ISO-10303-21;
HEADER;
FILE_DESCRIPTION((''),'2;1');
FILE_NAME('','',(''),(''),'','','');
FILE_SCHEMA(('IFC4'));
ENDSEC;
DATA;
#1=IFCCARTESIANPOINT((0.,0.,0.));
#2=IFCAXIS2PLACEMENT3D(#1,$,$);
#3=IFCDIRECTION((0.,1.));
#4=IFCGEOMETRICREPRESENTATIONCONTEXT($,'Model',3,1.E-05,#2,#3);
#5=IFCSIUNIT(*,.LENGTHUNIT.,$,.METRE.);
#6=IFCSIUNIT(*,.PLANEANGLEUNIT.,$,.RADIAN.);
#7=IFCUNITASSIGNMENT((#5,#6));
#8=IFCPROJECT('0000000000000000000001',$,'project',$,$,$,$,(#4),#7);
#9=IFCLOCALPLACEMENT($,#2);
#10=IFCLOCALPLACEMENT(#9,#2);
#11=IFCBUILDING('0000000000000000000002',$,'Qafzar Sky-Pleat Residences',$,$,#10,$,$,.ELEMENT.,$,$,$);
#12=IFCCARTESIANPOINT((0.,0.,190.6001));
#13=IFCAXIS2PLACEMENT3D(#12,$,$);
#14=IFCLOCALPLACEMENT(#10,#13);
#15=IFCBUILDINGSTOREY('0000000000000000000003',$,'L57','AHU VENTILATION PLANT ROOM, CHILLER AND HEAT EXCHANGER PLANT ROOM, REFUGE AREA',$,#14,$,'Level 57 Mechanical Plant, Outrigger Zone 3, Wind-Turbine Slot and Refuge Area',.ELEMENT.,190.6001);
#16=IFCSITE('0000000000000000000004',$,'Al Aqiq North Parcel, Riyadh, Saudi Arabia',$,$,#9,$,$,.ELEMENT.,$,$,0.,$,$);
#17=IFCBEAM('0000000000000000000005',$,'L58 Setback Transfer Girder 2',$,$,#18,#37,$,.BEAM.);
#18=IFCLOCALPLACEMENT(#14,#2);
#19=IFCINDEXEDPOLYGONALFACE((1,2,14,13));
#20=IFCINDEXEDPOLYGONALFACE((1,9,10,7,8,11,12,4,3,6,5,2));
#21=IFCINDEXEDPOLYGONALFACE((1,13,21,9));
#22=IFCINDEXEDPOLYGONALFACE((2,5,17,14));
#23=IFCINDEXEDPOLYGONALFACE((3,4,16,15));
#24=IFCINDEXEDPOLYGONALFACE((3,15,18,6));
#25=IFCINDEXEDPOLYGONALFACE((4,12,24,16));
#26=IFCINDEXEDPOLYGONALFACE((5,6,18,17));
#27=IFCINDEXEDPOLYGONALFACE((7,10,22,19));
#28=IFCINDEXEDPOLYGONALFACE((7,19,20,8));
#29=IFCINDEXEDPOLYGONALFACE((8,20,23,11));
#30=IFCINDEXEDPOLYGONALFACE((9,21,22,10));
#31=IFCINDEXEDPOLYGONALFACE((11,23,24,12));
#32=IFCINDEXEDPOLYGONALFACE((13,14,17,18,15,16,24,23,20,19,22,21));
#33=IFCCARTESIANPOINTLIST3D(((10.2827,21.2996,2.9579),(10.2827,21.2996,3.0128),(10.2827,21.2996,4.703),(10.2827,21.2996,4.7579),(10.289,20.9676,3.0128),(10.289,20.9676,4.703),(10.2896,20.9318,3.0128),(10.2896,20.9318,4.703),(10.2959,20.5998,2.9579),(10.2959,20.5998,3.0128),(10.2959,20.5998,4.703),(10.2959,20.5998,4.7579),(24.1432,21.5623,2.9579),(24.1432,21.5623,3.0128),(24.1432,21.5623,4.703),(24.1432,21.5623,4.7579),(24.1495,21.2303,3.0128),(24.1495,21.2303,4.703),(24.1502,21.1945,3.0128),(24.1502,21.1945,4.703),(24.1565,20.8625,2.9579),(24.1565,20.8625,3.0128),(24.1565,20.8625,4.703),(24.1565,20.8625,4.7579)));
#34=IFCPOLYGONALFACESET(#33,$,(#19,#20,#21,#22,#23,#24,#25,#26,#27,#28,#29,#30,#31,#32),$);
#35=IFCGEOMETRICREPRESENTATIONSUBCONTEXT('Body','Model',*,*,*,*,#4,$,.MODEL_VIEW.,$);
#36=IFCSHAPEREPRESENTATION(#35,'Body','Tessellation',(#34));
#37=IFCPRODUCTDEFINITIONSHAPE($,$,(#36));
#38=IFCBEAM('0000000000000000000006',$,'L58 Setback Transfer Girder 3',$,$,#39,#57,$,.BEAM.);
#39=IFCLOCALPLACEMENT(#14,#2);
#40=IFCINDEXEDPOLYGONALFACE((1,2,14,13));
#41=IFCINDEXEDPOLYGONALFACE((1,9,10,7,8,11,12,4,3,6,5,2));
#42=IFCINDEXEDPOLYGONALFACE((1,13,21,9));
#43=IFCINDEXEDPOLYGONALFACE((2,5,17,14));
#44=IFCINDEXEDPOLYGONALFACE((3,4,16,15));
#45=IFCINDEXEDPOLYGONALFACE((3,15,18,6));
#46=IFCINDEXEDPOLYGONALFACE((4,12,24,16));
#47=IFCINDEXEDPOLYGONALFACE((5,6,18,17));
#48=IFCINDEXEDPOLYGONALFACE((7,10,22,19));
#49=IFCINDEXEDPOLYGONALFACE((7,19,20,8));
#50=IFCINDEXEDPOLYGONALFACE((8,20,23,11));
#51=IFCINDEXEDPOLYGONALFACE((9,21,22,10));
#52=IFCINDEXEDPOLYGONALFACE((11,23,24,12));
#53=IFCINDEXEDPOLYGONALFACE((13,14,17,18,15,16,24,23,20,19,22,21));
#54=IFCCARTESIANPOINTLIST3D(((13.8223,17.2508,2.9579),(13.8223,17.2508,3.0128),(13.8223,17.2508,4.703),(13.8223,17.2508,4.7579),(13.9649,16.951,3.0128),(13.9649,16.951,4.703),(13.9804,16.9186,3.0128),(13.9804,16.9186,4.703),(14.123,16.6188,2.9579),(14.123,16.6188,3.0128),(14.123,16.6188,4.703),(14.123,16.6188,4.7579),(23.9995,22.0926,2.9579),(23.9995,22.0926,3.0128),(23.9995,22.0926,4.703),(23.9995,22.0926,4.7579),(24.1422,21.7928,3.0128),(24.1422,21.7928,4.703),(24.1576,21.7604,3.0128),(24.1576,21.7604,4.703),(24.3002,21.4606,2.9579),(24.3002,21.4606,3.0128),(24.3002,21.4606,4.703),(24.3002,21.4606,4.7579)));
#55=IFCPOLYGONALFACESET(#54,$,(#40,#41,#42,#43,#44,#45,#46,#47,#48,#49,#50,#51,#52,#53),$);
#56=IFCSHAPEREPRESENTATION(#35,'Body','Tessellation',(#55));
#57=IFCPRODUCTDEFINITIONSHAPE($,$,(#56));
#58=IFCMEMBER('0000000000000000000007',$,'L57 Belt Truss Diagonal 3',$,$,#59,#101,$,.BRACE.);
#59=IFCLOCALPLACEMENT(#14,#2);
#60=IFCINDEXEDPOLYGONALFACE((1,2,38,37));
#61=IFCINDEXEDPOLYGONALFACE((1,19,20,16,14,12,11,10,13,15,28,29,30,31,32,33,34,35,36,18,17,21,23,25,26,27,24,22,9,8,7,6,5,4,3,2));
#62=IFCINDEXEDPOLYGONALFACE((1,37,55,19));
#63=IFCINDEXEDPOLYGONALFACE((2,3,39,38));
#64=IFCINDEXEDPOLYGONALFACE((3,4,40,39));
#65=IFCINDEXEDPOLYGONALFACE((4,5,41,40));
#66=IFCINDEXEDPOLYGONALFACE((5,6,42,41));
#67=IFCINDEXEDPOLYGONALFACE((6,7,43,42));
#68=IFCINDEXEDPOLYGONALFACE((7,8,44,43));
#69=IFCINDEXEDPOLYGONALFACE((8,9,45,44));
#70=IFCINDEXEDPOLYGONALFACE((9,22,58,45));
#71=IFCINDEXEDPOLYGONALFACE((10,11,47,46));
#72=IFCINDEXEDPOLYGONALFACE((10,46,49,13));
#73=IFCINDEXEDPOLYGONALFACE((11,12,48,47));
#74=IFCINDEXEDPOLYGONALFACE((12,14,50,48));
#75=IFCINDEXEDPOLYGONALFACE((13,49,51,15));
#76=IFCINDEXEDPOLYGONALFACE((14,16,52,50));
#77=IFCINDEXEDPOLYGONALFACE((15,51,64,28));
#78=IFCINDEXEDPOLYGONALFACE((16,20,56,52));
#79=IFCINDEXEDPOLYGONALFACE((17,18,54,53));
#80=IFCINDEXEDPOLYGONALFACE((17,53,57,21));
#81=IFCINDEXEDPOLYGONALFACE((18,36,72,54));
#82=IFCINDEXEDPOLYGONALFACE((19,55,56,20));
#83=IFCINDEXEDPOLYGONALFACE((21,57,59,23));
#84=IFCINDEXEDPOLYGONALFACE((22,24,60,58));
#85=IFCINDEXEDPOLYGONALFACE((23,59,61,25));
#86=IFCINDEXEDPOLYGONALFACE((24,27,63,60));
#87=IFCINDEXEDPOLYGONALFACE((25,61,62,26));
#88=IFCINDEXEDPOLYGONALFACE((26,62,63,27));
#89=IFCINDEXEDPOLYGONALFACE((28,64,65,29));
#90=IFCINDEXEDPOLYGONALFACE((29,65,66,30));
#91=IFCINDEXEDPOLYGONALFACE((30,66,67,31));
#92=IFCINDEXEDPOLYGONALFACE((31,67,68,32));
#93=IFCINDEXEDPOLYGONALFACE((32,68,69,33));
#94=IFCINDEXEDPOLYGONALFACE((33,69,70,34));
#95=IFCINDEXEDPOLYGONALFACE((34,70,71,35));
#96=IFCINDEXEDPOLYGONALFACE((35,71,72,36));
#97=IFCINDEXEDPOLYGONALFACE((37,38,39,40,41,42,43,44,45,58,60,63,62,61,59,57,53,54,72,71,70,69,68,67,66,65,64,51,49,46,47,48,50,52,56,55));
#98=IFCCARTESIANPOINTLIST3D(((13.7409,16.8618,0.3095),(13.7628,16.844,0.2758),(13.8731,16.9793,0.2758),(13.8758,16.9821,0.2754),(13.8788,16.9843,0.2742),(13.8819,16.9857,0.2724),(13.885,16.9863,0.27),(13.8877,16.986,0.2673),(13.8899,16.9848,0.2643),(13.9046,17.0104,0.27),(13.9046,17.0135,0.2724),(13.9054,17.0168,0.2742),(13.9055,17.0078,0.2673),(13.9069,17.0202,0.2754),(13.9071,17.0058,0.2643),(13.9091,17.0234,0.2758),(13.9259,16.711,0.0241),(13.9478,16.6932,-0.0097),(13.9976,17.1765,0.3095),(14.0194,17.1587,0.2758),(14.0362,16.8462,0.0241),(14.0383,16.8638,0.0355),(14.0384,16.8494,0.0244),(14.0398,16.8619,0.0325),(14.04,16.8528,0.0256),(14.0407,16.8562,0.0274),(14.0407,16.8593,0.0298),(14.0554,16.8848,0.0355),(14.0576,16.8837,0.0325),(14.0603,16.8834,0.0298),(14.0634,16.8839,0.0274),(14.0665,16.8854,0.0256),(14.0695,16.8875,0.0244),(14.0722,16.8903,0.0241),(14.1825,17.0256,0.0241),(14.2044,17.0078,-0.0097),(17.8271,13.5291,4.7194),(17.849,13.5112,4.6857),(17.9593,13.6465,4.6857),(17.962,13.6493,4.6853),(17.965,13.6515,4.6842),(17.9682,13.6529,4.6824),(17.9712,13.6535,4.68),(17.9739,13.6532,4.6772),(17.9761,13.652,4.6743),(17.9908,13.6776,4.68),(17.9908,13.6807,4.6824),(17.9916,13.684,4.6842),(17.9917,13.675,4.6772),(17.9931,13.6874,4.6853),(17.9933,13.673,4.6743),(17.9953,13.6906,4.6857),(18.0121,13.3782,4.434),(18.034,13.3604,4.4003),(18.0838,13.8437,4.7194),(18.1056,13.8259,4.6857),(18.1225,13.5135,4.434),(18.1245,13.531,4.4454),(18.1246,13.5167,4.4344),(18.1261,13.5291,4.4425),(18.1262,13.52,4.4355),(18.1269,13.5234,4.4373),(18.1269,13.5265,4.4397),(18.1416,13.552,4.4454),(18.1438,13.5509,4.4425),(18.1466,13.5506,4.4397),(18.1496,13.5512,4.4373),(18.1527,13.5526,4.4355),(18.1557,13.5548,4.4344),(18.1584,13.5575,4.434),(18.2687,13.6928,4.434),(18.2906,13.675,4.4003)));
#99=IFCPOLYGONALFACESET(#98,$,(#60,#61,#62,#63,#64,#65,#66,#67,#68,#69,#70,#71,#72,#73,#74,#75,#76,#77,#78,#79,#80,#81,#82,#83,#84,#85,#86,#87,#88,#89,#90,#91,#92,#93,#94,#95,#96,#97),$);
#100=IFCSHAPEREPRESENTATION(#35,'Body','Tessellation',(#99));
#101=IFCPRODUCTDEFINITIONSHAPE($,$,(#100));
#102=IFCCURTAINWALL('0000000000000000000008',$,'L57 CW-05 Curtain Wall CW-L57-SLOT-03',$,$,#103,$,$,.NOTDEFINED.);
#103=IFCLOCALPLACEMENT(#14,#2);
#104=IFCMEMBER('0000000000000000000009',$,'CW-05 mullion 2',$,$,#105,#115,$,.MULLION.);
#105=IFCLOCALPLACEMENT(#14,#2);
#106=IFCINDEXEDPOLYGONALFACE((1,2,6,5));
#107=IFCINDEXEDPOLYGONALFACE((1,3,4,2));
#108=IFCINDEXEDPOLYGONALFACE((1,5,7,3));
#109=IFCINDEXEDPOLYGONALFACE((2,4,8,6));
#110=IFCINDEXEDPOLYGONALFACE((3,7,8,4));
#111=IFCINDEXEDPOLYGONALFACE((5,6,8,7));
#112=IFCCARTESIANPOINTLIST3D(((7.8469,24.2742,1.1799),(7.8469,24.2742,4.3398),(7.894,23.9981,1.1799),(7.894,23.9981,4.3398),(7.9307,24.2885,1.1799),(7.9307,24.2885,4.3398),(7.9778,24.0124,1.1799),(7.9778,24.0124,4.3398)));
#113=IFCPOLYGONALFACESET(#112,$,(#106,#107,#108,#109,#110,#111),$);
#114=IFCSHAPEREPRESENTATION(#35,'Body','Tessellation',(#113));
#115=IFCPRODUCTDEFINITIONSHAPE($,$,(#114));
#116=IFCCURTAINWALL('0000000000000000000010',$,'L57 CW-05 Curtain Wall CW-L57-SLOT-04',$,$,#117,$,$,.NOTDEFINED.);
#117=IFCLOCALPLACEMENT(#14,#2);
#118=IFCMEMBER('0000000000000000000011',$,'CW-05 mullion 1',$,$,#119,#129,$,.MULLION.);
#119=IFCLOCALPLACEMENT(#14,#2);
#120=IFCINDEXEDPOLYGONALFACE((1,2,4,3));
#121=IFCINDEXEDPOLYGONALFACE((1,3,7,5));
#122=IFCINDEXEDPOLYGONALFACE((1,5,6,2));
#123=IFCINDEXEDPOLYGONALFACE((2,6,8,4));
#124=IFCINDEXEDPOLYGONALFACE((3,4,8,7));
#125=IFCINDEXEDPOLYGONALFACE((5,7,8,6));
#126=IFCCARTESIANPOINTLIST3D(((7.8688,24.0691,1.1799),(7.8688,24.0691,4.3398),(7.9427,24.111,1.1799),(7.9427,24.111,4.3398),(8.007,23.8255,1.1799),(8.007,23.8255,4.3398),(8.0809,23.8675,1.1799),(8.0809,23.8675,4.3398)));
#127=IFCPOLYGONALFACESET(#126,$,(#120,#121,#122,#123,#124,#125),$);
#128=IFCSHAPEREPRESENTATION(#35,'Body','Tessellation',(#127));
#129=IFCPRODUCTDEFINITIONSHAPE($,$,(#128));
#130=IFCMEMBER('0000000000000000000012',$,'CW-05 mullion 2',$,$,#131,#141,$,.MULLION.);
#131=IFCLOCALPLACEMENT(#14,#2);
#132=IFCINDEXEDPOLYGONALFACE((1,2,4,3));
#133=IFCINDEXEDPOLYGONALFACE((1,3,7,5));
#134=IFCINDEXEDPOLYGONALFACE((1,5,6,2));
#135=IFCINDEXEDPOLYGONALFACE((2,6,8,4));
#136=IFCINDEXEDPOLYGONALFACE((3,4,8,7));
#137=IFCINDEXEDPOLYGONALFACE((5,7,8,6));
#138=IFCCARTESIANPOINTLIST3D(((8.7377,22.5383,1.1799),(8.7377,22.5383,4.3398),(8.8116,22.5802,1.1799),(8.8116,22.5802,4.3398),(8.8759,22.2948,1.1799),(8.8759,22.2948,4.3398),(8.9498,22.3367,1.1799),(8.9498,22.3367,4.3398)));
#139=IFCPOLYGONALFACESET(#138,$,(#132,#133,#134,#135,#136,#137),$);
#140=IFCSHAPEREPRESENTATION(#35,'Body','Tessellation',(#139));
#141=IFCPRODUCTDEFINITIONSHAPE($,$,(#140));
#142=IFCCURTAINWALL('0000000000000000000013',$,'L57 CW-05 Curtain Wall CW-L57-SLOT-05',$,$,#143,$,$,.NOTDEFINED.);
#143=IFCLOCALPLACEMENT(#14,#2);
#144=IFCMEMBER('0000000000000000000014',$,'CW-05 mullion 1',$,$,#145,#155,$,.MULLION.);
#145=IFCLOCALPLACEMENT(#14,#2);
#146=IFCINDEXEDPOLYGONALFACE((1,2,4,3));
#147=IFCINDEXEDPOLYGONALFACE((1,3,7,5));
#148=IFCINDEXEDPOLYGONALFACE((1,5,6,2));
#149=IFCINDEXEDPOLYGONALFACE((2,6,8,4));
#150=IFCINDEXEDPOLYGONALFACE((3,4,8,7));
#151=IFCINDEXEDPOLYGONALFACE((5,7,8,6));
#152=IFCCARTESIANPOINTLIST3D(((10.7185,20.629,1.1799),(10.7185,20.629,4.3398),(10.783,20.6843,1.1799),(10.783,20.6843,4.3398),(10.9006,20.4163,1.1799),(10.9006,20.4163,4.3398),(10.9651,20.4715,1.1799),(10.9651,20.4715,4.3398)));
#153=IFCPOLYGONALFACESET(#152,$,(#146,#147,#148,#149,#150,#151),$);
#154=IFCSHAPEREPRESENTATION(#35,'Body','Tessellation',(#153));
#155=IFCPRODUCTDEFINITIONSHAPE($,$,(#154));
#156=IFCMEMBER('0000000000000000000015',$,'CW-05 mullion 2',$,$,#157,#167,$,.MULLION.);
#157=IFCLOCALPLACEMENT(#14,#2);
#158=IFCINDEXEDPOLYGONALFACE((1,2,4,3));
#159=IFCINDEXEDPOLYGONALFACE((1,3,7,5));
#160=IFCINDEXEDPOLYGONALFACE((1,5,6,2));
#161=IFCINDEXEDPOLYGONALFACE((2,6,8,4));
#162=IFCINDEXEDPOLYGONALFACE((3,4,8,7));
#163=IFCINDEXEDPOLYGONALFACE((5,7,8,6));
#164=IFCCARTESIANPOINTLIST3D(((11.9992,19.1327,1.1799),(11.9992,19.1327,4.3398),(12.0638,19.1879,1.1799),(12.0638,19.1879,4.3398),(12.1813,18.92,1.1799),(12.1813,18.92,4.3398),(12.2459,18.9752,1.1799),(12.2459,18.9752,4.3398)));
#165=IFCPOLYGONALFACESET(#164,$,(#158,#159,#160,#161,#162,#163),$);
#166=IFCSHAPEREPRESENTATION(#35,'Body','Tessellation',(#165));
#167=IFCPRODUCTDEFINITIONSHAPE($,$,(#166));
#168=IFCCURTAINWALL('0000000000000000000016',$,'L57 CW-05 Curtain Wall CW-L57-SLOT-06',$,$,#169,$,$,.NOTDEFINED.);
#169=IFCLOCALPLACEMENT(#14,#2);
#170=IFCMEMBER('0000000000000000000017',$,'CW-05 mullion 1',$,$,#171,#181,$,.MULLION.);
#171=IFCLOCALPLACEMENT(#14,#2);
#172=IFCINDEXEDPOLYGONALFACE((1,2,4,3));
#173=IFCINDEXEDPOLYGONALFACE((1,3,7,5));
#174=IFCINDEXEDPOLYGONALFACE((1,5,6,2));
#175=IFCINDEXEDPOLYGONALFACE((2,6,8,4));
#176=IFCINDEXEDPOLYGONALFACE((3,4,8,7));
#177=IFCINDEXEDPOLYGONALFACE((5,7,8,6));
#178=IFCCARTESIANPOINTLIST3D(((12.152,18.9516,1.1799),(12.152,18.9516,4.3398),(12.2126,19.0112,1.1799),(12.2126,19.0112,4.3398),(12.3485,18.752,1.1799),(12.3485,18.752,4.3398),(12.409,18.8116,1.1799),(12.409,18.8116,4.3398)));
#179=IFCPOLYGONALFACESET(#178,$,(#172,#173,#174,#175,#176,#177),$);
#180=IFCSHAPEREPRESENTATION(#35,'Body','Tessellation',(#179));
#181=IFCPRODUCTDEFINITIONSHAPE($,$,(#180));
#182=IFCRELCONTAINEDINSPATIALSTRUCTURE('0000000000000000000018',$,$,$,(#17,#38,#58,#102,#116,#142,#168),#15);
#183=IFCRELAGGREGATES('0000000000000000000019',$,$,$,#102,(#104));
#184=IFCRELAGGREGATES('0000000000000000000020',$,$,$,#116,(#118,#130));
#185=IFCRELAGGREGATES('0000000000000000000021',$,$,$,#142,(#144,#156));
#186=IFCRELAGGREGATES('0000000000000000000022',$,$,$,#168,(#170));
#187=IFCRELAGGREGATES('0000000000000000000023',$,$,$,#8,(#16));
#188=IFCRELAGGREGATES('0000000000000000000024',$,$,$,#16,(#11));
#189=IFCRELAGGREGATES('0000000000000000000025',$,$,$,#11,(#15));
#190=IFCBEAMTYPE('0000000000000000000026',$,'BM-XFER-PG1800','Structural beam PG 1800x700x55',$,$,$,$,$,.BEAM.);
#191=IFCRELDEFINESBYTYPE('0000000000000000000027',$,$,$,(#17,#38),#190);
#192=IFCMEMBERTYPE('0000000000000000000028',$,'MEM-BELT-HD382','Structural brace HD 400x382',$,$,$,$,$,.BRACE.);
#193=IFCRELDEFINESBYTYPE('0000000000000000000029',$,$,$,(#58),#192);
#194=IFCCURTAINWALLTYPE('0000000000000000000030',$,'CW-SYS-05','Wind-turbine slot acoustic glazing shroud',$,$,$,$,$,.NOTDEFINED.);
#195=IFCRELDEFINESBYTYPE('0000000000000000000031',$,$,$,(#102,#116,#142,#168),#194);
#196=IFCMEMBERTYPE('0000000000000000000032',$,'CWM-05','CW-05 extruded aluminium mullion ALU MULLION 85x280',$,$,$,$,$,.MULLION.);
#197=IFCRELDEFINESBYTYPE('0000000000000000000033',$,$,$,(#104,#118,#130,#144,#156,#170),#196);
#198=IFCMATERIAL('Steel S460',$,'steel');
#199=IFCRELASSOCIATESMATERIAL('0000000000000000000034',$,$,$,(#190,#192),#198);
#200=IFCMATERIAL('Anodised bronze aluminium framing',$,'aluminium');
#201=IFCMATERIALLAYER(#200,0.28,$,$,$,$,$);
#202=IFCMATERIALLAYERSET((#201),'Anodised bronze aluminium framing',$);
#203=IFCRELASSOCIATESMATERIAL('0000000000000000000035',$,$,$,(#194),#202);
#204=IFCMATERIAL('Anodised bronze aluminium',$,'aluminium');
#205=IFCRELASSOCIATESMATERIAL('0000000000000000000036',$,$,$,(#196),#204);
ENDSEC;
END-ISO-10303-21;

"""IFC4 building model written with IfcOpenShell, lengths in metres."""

from ifc_helpers import new_model, si_unit, direction, frame, origin, origin_2d, place, context, subcontext, project, spatial, rectangle, i_section, extrude, source, transform, mapped, material, layer, layer_set, material_profile, profile_set, type_object, element, aggregate, save


model = new_model("IFC4")

# Units and contexts
model_context = context("Model", 3, precision=1e-05, world=origin(), true_north=direction((0.0, 1.0)))
body_context = subcontext(model_context, "Body", "Model", "MODEL_VIEW")
ifc_project = project(units=[si_unit("LENGTHUNIT", "METRE"), si_unit("PLANEANGLEUNIT", "RADIAN")], contexts=[model_context])

# Site, building, storey
site_placement = place(None, origin())
site = spatial("IfcSite", under=ifc_project, at=site_placement, Name="Al Aqiq North Parcel, Riyadh, Saudi Arabia", CompositionType="ELEMENT", RefElevation=0.0)
building_placement = place(site_placement, origin())
building = spatial("IfcBuilding", under=site, at=building_placement, Name="Qafzar Sky-Pleat Residences", CompositionType="ELEMENT")
storey_placement = place(building_placement, frame((0.0, 0.0, 190.6001)))
storey = spatial("IfcBuildingStorey", under=building, at=storey_placement, Name="L57", Description="AHU VENTILATION PLANT ROOM, CHILLER AND HEAT EXCHANGER PLANT ROOM, REFUGE AREA", LongName="Level 57 Mechanical Plant, Outrigger Zone 3, Wind-Turbine Slot and Refuge Area", CompositionType="ELEMENT", Elevation=190.6001)

# Beams
ifc_material_1 = material(Name="Steel S460", Category="steel")
ifc_material_profile_1 = material_profile(ifc_material_1, i_section(OverallWidth=0.7, OverallDepth=1.8, WebThickness=0.0359, FlangeThickness=0.0549, at=origin_2d()), Name="PG 1800x700x55")
ifc_profile_set_1 = profile_set([ifc_material_profile_1], Name="Steel S460")
beam_type_1 = type_object("IfcBeamType", Name="BM-XFER-PG1800", Description="Structural beam PG 1800x700x55", PredefinedType="BEAM", material=ifc_profile_set_1)
shared_shape_1 = source(origin(), body_context, "Body", "SweptSolid", [
    extrude(i_section(OverallWidth=0.7, OverallDepth=1.8, WebThickness=0.0359, FlangeThickness=0.0549, at=origin_2d()), origin(), (0.0, 0.0, 1.0), 13.863),
])
beam_1_placement = place(storey_placement, frame((10.2893, 20.9497, 3.8579), z_axis=(0.99982, 0.018949, 0.0), x_axis=(-0.018949, 0.99982, 0.0)))
element("IfcBeam", 1, at=beam_1_placement, inside=storey, type_object=beam_type_1, Name="L58 Setback Transfer Girder 2", PredefinedType="BEAM", context=body_context, shape_type="MappedRepresentation", body=[
    mapped(shared_shape_1, transform((0.0, 0.0, 0.0), x_axis=(1.0, 0.0, 0.0), y_axis=(0.0, 1.0, 0.0), z_axis=(0.0, 0.0, 1.0), scale=1.0)),
])
shared_shape_2 = source(origin(), body_context, "Body", "SweptSolid", [
    extrude(i_section(OverallWidth=0.7, OverallDepth=1.8, WebThickness=0.0359, FlangeThickness=0.0549, at=origin_2d()), origin(), (0.0, 0.0, 1.0), 11.2703),
])
beam_2_placement = place(storey_placement, frame((13.9727, 16.9348, 3.8579), z_axis=(0.903016, 0.429607, 0.0), x_axis=(-0.429607, 0.903016, 0.0)))
element("IfcBeam", 2, at=beam_2_placement, inside=storey, type_object=beam_type_1, Name="L58 Setback Transfer Girder 3", PredefinedType="BEAM", context=body_context, shape_type="MappedRepresentation", body=[
    mapped(shared_shape_2, transform((0.0, 0.0, 0.0), x_axis=(1.0, 0.0, 0.0), y_axis=(0.0, 1.0, 0.0), z_axis=(0.0, 0.0, 1.0), scale=1.0)),
])

# Member
ifc_material_profile_2 = material_profile(ifc_material_1, i_section(OverallWidth=0.406, OverallDepth=0.416, WebThickness=0.0271, FlangeThickness=0.0439, FilletRadius=0.0149, at=origin_2d()), Name="HD 400x382")
ifc_profile_set_2 = profile_set([ifc_material_profile_2], Name="Steel S460")
member_type_1 = type_object("IfcMemberType", Name="MEM-BELT-HD382", Description="Structural brace HD 400x382", PredefinedType="BRACE", material=ifc_profile_set_2)
shared_shape_3 = source(origin(), body_context, "Body", "SweptSolid", [
    extrude(i_section(OverallWidth=0.406, OverallDepth=0.416, WebThickness=0.0271, FlangeThickness=0.0439, FilletRadius=0.0149, at=origin_2d()), origin(), (0.0, 0.0, 1.0), 6.874),
])
member_1_placement = place(storey_placement, frame((13.9727, 16.9348, 0.1499), z_axis=(0.594442, -0.484838, 0.641537), x_axis=(0.632047, 0.77493, 0.0)))
element("IfcMember", 3, at=member_1_placement, inside=storey, type_object=member_type_1, Name="L57 Belt Truss Diagonal 3", PredefinedType="BRACE", context=body_context, shape_type="MappedRepresentation", body=[
    mapped(shared_shape_3, transform((0.0, 0.0, 0.0), x_axis=(1.0, 0.0, 0.0), y_axis=(0.0, 1.0, 0.0), z_axis=(0.0, 0.0, 1.0), scale=1.0)),
])

# Curtain wall, member
ifc_material_2 = material(Name="Anodised bronze aluminium framing", Category="aluminium")
ifc_layer_1 = layer(ifc_material_2, 0.28)
ifc_layer_set_1 = layer_set([ifc_layer_1], Name="Anodised bronze aluminium framing")
curtain_wall_type = type_object("IfcCurtainWallType", Name="CW-SYS-05", Description="Wind-turbine slot acoustic glazing shroud", PredefinedType="NOTDEFINED", material=ifc_layer_set_1)
curtain_wall_1_placement = place(storey_placement, origin())
curtain_wall_1 = element("IfcCurtainWall", 4, at=curtain_wall_1_placement, inside=storey, type_object=curtain_wall_type, Name="L57 CW-05 Curtain Wall CW-L57-SLOT-03", PredefinedType="NOTDEFINED")
ifc_material_3 = material(Name="Anodised bronze aluminium", Category="aluminium")
ifc_material_profile_3 = material_profile(ifc_material_3, rectangle(XDim=0.085, YDim=0.28, at=origin_2d()), Name="ALU MULLION 85x280")
ifc_profile_set_3 = profile_set([ifc_material_profile_3], Name="Anodised bronze aluminium")
member_type_2 = type_object("IfcMemberType", Name="CWM-05", Description="CW-05 extruded aluminium mullion ALU MULLION 85x280", PredefinedType="MULLION", material=ifc_profile_set_3)
shared_shape_4 = source(origin(), body_context, "Body", "SweptSolid", [
    extrude(rectangle(XDim=0.085, YDim=0.28, at=origin_2d()), origin(), (0.0, 0.0, 1.0), 3.1599),
])
member_2_placement = place(storey_placement, frame((7.9124, 24.1433, 1.1799), z_axis=(0.0, 0.0, 1.0), x_axis=(0.985775, 0.168072, 0.0)))
member_2 = element("IfcMember", 5, at=member_2_placement, type_object=member_type_2, Name="CW-05 mullion 2", PredefinedType="MULLION", context=body_context, shape_type="MappedRepresentation", body=[
    mapped(shared_shape_4, transform((0.0, 0.0, 0.0), x_axis=(1.0, 0.0, 0.0), y_axis=(0.0, 1.0, 0.0), z_axis=(0.0, 0.0, 1.0), scale=1.0)),
])
aggregate(curtain_wall_1, [member_2])

# Curtain walls, members
curtain_wall_2_placement = place(storey_placement, origin())
curtain_wall_2 = element("IfcCurtainWall", 6, at=curtain_wall_2_placement, inside=storey, type_object=curtain_wall_type, Name="L57 CW-05 Curtain Wall CW-L57-SLOT-04", PredefinedType="NOTDEFINED")
member_3_placement = place(storey_placement, frame((7.9749, 23.9683, 1.1799), z_axis=(0.0, 0.0, 1.0), x_axis=(0.869631, 0.493703, 0.0)))
member_3 = element("IfcMember", 7, at=member_3_placement, type_object=member_type_2, Name="CW-05 mullion 1", PredefinedType="MULLION", context=body_context, shape_type="MappedRepresentation", body=[
    mapped(shared_shape_4, transform((0.0, 0.0, 0.0), x_axis=(1.0, 0.0, 0.0), y_axis=(0.0, 1.0, 0.0), z_axis=(0.0, 0.0, 1.0), scale=1.0)),
])
member_4_placement = place(storey_placement, frame((8.8438, 22.4375, 1.1799), z_axis=(0.0, 0.0, 1.0), x_axis=(0.869631, 0.493703, 0.0)))
member_4 = element("IfcMember", 8, at=member_4_placement, type_object=member_type_2, Name="CW-05 mullion 2", PredefinedType="MULLION", context=body_context, shape_type="MappedRepresentation", body=[
    mapped(shared_shape_4, transform((0.0, 0.0, 0.0), x_axis=(1.0, 0.0, 0.0), y_axis=(0.0, 1.0, 0.0), z_axis=(0.0, 0.0, 1.0), scale=1.0)),
])
curtain_wall_3_placement = place(storey_placement, origin())
curtain_wall_3 = element("IfcCurtainWall", 9, at=curtain_wall_3_placement, inside=storey, type_object=curtain_wall_type, Name="L57 CW-05 Curtain Wall CW-L57-SLOT-05", PredefinedType="NOTDEFINED")
member_5_placement = place(storey_placement, frame((10.8418, 20.5503, 1.1799), z_axis=(0.0, 0.0, 1.0), x_axis=(0.759713, 0.650258, 0.0)))
member_5 = element("IfcMember", 10, at=member_5_placement, type_object=member_type_2, Name="CW-05 mullion 1", PredefinedType="MULLION", context=body_context, shape_type="MappedRepresentation", body=[
    mapped(shared_shape_4, transform((0.0, 0.0, 0.0), x_axis=(1.0, 0.0, 0.0), y_axis=(0.0, 1.0, 0.0), z_axis=(0.0, 0.0, 1.0), scale=1.0)),
])
member_6_placement = place(storey_placement, frame((12.1226, 19.054, 1.1799), z_axis=(0.0, 0.0, 1.0), x_axis=(0.759713, 0.650258, 0.0)))
member_6 = element("IfcMember", 11, at=member_6_placement, type_object=member_type_2, Name="CW-05 mullion 2", PredefinedType="MULLION", context=body_context, shape_type="MappedRepresentation", body=[
    mapped(shared_shape_4, transform((0.0, 0.0, 0.0), x_axis=(1.0, 0.0, 0.0), y_axis=(0.0, 1.0, 0.0), z_axis=(0.0, 0.0, 1.0), scale=1.0)),
])
curtain_wall_4_placement = place(storey_placement, origin())
curtain_wall_4 = element("IfcCurtainWall", 12, at=curtain_wall_4_placement, inside=storey, type_object=curtain_wall_type, Name="L57 CW-05 Curtain Wall CW-L57-SLOT-06", PredefinedType="NOTDEFINED")
member_7_placement = place(storey_placement, frame((12.2805, 18.8816, 1.1799), z_axis=(0.0, 0.0, 1.0), x_axis=(0.712643, 0.701527, 0.0)))
member_7 = element("IfcMember", 13, at=member_7_placement, type_object=member_type_2, Name="CW-05 mullion 1", PredefinedType="MULLION", context=body_context, shape_type="MappedRepresentation", body=[
    mapped(shared_shape_4, transform((0.0, 0.0, 0.0), x_axis=(1.0, 0.0, 0.0), y_axis=(0.0, 1.0, 0.0), z_axis=(0.0, 0.0, 1.0), scale=1.0)),
])

aggregate(curtain_wall_2, [member_3, member_4])
aggregate(curtain_wall_3, [member_5, member_6])
aggregate(curtain_wall_4, [member_7])

save(model, "model.ifc")
